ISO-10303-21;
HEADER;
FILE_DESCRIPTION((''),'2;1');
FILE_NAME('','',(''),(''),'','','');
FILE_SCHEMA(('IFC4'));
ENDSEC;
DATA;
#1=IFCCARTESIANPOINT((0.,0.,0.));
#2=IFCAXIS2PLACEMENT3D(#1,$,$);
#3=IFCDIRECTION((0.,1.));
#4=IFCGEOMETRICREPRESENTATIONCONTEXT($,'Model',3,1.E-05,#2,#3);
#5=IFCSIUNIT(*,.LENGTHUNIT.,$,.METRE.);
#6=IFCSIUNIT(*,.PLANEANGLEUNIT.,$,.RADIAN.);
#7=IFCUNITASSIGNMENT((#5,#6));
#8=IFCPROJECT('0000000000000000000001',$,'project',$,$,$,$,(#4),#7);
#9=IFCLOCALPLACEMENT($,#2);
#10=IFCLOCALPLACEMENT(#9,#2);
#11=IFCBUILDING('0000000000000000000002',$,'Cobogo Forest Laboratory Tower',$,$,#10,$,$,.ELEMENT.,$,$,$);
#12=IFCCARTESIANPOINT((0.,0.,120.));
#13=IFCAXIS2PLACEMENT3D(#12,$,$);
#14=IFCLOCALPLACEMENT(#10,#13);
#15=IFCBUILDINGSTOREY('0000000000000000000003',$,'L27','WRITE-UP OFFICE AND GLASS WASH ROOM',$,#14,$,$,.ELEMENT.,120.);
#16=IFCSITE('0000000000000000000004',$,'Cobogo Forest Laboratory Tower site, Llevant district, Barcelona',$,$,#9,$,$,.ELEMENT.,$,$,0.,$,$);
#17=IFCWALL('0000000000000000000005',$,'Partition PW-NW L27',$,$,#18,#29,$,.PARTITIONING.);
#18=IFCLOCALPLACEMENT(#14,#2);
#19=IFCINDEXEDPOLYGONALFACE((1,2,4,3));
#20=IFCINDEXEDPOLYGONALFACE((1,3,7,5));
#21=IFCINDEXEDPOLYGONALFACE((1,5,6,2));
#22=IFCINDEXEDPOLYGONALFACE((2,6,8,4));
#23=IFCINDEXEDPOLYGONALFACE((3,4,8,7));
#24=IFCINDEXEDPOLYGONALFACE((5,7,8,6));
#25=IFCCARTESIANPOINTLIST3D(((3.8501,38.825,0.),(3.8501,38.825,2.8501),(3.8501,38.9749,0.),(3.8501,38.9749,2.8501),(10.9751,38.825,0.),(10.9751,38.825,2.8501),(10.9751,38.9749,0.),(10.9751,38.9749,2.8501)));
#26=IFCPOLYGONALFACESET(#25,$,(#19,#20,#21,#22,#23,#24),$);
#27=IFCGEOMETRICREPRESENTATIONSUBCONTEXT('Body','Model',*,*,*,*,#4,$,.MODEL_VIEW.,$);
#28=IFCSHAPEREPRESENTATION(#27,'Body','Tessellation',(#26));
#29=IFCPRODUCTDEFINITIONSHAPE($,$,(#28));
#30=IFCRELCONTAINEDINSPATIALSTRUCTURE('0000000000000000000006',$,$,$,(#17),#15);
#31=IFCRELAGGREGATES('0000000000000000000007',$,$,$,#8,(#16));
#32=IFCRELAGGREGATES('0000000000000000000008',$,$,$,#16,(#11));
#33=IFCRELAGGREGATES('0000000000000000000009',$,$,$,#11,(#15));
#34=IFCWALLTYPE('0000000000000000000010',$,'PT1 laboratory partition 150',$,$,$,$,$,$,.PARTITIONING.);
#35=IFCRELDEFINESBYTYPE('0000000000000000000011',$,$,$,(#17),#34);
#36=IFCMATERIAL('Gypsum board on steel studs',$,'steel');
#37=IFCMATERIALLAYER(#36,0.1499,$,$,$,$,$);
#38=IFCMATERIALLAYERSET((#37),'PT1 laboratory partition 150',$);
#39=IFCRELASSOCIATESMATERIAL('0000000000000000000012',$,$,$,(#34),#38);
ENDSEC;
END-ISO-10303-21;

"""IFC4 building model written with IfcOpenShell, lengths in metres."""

from ifc_helpers import new_model, si_unit, direction, frame, frame_2d, origin, place, context, subcontext, project, spatial, rectangle, extrude, material, layer, layer_set, type_object, element, save


model = new_model("IFC4")

# Units and contexts
model_context = context("Model", 3, precision=1e-05, world=origin(), true_north=direction((0.0, 1.0)))
body_context = subcontext(model_context, "Body", "Model", "MODEL_VIEW")
ifc_project = project(units=[si_unit("LENGTHUNIT", "METRE"), si_unit("PLANEANGLEUNIT", "RADIAN")], contexts=[model_context])

# Site, building, storey
site_placement = place(None, origin())
site = spatial("IfcSite", under=ifc_project, at=site_placement, Name="Cobogo Forest Laboratory Tower site, Llevant district, Barcelona", CompositionType="ELEMENT", RefElevation=0.0)
building_placement = place(site_placement, origin())
building = spatial("IfcBuilding", under=site, at=building_placement, Name="Cobogo Forest Laboratory Tower", CompositionType="ELEMENT")
storey_placement = place(building_placement, frame((0.0, 0.0, 120.0)))
storey = spatial("IfcBuildingStorey", under=building, at=storey_placement, Name="L27", Description="WRITE-UP OFFICE AND GLASS WASH ROOM", CompositionType="ELEMENT", Elevation=120.0)

# Wall
ifc_material_1 = material(Name="Gypsum board on steel studs", Category="steel")
ifc_layer_1 = layer(ifc_material_1, 0.1499)
ifc_layer_set_1 = layer_set([ifc_layer_1], Name="PT1 laboratory partition 150")
wall_type = type_object("IfcWallType", Name="PT1 laboratory partition 150", PredefinedType="PARTITIONING", material=ifc_layer_set_1)
wall_placement = place(storey_placement, frame((3.8501, 38.8999, 0.0), z_axis=(0.0, 0.0, 1.0), x_axis=(1.0, 0.0, 0.0)))
element("IfcWall", 1, at=wall_placement, inside=storey, type_object=wall_type, Name="Partition PW-NW L27", PredefinedType="PARTITIONING", context=body_context, shape_type="SweptSolid", body=[
    extrude(rectangle(XDim=7.125, YDim=0.1499, at=frame_2d((3.5625, 0.0))), origin(), (0.0, 0.0, 1.0), 2.8501),
])

save(model, "model.ifc")
